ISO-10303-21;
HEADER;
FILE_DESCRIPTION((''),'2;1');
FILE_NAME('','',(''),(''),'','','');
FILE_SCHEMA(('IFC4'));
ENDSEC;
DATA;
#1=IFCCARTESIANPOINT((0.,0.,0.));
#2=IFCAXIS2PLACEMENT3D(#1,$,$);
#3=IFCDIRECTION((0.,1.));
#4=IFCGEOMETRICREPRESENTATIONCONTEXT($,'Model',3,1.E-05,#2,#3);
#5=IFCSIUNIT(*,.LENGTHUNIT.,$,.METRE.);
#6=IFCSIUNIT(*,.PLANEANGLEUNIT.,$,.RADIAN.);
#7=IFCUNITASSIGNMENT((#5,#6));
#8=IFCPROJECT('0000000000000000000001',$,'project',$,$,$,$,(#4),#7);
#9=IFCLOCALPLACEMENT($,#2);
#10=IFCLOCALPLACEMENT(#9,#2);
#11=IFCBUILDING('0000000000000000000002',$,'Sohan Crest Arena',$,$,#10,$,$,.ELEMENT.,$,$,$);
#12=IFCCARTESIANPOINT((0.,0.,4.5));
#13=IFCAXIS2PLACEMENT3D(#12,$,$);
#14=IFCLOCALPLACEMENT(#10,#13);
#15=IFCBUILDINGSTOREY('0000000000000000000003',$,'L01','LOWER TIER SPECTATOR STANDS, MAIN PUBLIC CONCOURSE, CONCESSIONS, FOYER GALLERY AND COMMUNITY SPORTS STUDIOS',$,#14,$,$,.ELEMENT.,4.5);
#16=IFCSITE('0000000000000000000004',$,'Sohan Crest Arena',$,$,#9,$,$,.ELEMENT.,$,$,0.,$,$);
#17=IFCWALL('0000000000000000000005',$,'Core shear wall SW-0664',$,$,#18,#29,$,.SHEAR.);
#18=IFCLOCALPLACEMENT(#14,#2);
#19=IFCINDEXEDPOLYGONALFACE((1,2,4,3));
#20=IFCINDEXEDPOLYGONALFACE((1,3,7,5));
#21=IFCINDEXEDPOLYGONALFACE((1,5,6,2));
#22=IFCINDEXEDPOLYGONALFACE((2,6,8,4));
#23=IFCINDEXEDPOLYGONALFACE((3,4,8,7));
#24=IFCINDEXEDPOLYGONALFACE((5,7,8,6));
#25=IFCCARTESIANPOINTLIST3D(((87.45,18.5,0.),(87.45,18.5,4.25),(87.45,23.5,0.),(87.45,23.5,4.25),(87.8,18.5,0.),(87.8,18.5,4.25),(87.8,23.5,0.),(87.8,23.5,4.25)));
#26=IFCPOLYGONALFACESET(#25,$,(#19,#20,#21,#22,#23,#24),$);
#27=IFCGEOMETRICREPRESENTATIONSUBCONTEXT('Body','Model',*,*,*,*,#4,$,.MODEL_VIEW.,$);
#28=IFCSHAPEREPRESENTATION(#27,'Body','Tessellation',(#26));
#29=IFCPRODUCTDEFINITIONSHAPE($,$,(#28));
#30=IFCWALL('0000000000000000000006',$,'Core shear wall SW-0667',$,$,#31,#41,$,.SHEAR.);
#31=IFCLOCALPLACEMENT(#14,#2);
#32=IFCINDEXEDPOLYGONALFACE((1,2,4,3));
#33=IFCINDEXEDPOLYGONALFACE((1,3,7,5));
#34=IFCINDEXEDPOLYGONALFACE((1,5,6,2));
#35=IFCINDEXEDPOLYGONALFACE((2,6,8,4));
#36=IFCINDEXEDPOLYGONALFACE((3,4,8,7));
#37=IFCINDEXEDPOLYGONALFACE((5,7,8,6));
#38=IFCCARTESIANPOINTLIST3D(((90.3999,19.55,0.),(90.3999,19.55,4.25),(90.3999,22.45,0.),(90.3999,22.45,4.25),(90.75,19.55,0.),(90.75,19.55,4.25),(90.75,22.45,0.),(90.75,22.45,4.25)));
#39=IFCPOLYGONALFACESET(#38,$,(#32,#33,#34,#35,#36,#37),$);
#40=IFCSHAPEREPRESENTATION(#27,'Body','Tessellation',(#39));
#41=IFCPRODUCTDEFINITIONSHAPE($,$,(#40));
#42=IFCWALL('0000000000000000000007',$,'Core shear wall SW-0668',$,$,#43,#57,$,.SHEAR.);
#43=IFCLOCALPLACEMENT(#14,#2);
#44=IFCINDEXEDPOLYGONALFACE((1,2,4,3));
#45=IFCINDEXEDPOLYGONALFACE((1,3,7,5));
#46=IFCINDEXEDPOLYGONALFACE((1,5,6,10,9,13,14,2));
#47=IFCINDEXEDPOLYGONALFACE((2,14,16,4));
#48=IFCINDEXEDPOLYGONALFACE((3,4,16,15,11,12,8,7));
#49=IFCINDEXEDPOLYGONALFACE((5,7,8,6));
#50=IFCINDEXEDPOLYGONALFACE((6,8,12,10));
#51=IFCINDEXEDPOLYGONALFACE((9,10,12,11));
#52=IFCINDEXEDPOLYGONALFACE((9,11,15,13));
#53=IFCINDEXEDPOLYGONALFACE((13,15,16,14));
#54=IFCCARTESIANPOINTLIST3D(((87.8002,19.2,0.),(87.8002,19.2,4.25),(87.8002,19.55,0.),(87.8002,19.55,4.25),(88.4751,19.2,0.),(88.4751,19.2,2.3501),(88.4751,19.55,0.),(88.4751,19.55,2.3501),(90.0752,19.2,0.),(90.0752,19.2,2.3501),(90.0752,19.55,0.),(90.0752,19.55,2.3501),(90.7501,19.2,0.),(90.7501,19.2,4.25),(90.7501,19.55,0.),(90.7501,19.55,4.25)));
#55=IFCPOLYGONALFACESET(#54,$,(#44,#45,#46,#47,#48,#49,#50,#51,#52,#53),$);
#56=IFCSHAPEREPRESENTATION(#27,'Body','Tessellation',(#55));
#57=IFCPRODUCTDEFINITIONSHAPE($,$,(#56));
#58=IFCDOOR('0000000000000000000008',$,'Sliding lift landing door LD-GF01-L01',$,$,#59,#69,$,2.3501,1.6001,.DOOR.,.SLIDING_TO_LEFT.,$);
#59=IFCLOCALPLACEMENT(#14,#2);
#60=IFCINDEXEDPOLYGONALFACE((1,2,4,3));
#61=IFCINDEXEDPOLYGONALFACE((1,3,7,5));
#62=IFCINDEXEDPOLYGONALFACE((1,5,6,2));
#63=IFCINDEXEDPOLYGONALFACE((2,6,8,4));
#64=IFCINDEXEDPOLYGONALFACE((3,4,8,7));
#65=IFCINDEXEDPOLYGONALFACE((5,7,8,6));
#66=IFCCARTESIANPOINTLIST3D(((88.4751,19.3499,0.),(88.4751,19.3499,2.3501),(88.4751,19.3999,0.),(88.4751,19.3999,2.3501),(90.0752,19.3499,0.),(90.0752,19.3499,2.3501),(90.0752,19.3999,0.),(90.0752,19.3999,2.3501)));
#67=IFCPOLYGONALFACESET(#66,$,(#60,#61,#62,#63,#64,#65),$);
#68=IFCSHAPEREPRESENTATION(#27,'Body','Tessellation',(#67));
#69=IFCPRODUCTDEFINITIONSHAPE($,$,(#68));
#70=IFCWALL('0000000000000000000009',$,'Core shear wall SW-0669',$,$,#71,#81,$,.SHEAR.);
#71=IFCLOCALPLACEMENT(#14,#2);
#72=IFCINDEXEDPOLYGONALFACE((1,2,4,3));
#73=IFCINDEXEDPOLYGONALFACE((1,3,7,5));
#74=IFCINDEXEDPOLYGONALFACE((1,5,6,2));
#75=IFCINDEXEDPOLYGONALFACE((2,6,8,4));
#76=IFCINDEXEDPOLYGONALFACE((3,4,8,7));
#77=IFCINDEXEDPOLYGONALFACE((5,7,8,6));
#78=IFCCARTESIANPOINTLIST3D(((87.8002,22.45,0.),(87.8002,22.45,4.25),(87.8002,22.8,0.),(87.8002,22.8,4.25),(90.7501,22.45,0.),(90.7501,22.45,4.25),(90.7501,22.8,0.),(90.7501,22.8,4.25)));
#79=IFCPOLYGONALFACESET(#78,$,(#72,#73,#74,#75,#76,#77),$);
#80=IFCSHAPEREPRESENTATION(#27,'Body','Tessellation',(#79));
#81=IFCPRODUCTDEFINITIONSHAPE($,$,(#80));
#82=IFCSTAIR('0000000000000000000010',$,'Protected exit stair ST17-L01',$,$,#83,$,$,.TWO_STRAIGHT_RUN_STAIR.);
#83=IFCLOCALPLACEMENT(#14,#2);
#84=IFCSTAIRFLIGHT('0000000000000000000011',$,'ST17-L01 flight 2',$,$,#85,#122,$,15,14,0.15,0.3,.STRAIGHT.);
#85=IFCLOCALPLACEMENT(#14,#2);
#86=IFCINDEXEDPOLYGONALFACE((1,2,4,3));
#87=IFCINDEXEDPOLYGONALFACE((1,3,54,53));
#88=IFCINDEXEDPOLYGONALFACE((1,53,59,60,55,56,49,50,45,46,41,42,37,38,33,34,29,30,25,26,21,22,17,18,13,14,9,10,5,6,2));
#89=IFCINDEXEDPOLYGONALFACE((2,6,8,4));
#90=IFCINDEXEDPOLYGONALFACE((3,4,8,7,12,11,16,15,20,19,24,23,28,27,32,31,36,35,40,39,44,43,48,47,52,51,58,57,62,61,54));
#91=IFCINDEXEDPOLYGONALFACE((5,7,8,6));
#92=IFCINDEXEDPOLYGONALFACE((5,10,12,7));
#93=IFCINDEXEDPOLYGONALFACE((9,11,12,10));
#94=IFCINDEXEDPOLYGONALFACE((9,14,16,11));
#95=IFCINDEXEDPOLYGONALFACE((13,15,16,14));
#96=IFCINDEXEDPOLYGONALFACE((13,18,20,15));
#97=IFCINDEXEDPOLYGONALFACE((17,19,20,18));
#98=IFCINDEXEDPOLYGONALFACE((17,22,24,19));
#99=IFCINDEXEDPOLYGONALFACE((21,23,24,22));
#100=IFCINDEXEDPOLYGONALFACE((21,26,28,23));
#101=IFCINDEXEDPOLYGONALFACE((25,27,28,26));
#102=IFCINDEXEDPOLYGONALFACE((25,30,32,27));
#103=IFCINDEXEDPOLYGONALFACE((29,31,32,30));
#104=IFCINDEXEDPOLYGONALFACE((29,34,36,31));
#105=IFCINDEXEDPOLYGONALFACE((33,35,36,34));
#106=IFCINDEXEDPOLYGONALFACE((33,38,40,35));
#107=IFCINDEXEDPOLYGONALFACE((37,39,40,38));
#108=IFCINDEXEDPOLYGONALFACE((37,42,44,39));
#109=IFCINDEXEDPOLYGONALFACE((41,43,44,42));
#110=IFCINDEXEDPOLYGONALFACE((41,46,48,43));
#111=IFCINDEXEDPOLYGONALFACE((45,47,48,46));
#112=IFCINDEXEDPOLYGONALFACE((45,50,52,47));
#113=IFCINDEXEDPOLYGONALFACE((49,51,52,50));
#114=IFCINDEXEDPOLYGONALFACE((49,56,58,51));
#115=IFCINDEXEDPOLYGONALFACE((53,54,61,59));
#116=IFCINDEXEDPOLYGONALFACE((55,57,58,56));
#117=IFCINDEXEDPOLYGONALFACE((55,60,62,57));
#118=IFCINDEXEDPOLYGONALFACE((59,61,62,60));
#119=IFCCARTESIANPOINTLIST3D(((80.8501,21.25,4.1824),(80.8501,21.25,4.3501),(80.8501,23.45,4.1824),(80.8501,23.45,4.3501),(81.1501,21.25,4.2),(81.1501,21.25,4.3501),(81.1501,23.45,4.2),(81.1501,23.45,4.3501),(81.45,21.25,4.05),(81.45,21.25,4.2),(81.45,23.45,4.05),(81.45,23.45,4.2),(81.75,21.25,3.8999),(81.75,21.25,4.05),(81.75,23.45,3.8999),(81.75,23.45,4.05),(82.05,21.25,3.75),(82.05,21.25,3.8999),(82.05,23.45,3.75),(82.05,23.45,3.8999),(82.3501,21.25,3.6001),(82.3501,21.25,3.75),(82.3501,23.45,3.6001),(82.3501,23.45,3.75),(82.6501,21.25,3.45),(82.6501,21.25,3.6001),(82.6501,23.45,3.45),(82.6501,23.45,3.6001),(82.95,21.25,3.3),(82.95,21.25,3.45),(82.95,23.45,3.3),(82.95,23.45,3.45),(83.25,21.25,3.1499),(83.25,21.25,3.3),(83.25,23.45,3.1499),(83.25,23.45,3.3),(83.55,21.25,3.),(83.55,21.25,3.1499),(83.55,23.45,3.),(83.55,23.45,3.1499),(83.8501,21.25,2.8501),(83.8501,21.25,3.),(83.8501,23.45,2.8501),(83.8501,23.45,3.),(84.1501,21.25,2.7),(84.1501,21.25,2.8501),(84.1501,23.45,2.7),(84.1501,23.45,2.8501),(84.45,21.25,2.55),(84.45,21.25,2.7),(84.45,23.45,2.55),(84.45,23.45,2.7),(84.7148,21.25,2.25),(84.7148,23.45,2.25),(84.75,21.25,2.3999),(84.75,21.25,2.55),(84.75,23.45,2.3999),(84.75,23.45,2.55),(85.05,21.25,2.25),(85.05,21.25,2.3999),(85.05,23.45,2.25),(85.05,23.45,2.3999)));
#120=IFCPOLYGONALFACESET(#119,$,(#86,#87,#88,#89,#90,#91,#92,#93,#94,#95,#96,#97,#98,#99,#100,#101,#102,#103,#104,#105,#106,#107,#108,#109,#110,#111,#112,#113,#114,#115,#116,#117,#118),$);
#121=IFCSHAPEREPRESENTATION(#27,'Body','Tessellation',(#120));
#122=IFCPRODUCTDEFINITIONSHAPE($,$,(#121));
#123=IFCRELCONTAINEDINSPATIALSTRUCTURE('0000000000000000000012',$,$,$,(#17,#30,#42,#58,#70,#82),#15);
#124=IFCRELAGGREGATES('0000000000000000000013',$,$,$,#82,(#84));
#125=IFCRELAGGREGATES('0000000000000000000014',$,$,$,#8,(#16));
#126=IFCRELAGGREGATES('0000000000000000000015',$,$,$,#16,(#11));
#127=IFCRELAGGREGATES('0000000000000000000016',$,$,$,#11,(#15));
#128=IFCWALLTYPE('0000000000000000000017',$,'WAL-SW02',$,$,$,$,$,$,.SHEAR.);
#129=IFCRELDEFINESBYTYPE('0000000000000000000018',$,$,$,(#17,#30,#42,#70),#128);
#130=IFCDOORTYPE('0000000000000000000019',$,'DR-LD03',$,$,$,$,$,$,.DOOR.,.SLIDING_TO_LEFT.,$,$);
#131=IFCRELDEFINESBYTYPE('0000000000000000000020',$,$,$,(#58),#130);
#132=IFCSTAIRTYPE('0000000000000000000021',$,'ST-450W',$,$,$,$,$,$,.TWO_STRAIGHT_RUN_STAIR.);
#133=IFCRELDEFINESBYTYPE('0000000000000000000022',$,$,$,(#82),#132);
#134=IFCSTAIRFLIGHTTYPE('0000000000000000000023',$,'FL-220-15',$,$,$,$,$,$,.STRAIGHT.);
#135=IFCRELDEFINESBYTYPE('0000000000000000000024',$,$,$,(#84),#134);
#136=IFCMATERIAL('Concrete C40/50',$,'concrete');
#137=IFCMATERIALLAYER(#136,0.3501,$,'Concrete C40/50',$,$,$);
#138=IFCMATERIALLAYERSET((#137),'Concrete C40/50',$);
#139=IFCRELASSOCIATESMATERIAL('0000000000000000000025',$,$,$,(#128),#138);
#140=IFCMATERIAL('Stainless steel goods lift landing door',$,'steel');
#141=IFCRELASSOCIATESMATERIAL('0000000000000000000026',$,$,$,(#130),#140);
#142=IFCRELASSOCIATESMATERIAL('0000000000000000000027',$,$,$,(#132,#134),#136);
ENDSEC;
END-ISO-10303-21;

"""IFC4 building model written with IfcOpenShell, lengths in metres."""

from ifc_helpers import new_model, si_unit, direction, frame, frame_2d, origin, place, context, subcontext, project, spatial, polyline, rectangle, outline, extrude, material, layer, layer_set, type_object, element, fill, aggregate, save


model = new_model("IFC4")

# Units and contexts
model_context = context("Model", 3, precision=1e-05, world=origin(), true_north=direction((0.0, 1.0)))
body_context = subcontext(model_context, "Body", "Model", "MODEL_VIEW")
ifc_project = project(units=[si_unit("LENGTHUNIT", "METRE"), si_unit("PLANEANGLEUNIT", "RADIAN")], contexts=[model_context])

# Site, building, storey
site_placement = place(None, origin())
site = spatial("IfcSite", under=ifc_project, at=site_placement, Name="Sohan Crest Arena", CompositionType="ELEMENT", RefElevation=0.0)
building_placement = place(site_placement, origin())
building = spatial("IfcBuilding", under=site, at=building_placement, Name="Sohan Crest Arena", CompositionType="ELEMENT")
storey_placement = place(building_placement, frame((0.0, 0.0, 4.5)))
storey = spatial("IfcBuildingStorey", under=building, at=storey_placement, Name="L01", Description="LOWER TIER SPECTATOR STANDS, MAIN PUBLIC CONCOURSE, CONCESSIONS, FOYER GALLERY AND COMMUNITY SPORTS STUDIOS", CompositionType="ELEMENT", Elevation=4.5)

# Walls
ifc_material_1 = material(Name="Concrete C40/50", Category="concrete")
ifc_layer_1 = layer(ifc_material_1, 0.3501, Name="Concrete C40/50")
ifc_layer_set_1 = layer_set([ifc_layer_1], Name="Concrete C40/50")
wall_type = type_object("IfcWallType", Name="WAL-SW02", PredefinedType="SHEAR", material=ifc_layer_set_1)
wall_1_placement = place(storey_placement, frame((87.625, 18.5, 0.0), z_axis=(0.0, 0.0, 1.0), x_axis=(0.0, 1.0, 0.0)))
element("IfcWall", 1, at=wall_1_placement, inside=storey, type_object=wall_type, Name="Core shear wall SW-0664", PredefinedType="SHEAR", context=body_context, shape_type="SweptSolid", body=[
    extrude(rectangle(XDim=5.0, YDim=0.3501, at=frame_2d((2.5, 0.0))), origin(), (0.0, 0.0, 1.0), 4.25),
])
wall_2_placement = place(storey_placement, frame((90.575, 19.55, 0.0), z_axis=(0.0, 0.0, 1.0), x_axis=(0.0, 1.0, 0.0)))
element("IfcWall", 2, at=wall_2_placement, inside=storey, type_object=wall_type, Name="Core shear wall SW-0667", PredefinedType="SHEAR", context=body_context, shape_type="SweptSolid", body=[
    extrude(rectangle(XDim=2.8999, YDim=0.3501, at=frame_2d((1.45, 0.0))), origin(), (0.0, 0.0, 1.0), 4.25),
])

# Wall, opening, door
wall_3_placement = place(storey_placement, frame((87.8, 19.375, 0.0), z_axis=(0.0, 0.0, 1.0), x_axis=(1.0, 0.0, 0.0)))
wall_3 = element("IfcWall", 3, at=wall_3_placement, inside=storey, type_object=wall_type, Name="Core shear wall SW-0668", PredefinedType="SHEAR", context=body_context, shape_type="SweptSolid", body=[
    extrude(rectangle(XDim=2.95, YDim=0.3501, at=frame_2d((1.4751, 0.0))), origin(), (0.0, 0.0, 1.0), 4.25),
])
opening_placement = place(wall_3_placement, frame((0.675, 0.0, 0.0)))
opening = element("IfcOpeningElement", 4, at=opening_placement, cuts=wall_3, PredefinedType="OPENING", context=body_context, shape_type="SweptSolid", body=[
    extrude(rectangle(XDim=1.6001, YDim=2.3501, at=frame_2d((0.8, 1.175))), frame((0.0, 0.1851, 0.0), z_axis=(0.0, -1.0, 0.0), x_axis=(1.0, 0.0, 0.0)), (0.0, 0.0, 1.0), 0.3701),
])
ifc_material_2 = material(Name="Stainless steel goods lift landing door", Category="steel")
door_type = type_object("IfcDoorType", Name="DR-LD03", OperationType="SLIDING_TO_LEFT", PredefinedType="DOOR", material=ifc_material_2)
door_placement = place(opening_placement, origin())
door = element("IfcDoor", 5, at=door_placement, inside=storey, type_object=door_type, Name="Sliding lift landing door LD-GF01-L01", OperationType="SLIDING_TO_LEFT", OverallHeight=2.3501, OverallWidth=1.6001, PredefinedType="DOOR", context=body_context, shape_type="SweptSolid", body=[
    extrude(rectangle(XDim=1.6001, YDim=2.3501, at=frame_2d((0.8, 1.175))), frame((0.0, 0.0249, 0.0), z_axis=(0.0, -1.0, 0.0), x_axis=(1.0, 0.0, 0.0)), (0.0, 0.0, 1.0), 0.05),
])
fill(opening, door)

# Wall
wall_4_placement = place(storey_placement, frame((87.8, 22.625, 0.0), z_axis=(0.0, 0.0, 1.0), x_axis=(1.0, 0.0, 0.0)))
element("IfcWall", 6, at=wall_4_placement, inside=storey, type_object=wall_type, Name="Core shear wall SW-0669", PredefinedType="SHEAR", context=body_context, shape_type="SweptSolid", body=[
    extrude(rectangle(XDim=2.95, YDim=0.3501, at=frame_2d((1.4751, 0.0))), origin(), (0.0, 0.0, 1.0), 4.25),
])

# Stair, stair flight
stair_type = type_object("IfcStairType", Name="ST-450W", PredefinedType="TWO_STRAIGHT_RUN_STAIR", material=ifc_material_1)
stair_placement = place(storey_placement, origin())
stair = element("IfcStair", 7, at=stair_placement, inside=storey, type_object=stair_type, Name="Protected exit stair ST17-L01", PredefinedType="TWO_STRAIGHT_RUN_STAIR")
stair_flight_type = type_object("IfcStairFlightType", Name="FL-220-15", PredefinedType="STRAIGHT", material=ifc_material_1)
stair_flight_placement = place(storey_placement, frame((85.05, 22.3501, 2.25), z_axis=(0.0, 0.0, 1.0), x_axis=(-1.0, 0.0, 0.0)))
stair_flight = element("IfcStairFlight", 8, at=stair_flight_placement, type_object=stair_flight_type, Name="ST17-L01 flight 2", NumberOfRisers=15, NumberOfTreads=14, PredefinedType="STRAIGHT", RiserHeight=0.15, TreadLength=0.3, context=body_context, shape_type="SweptSolid", body=[
    extrude(outline(polyline([(0.0, 0.0), (0.0, 0.1499), (0.3, 0.1499), (0.3, 0.3), (0.6001, 0.3), (0.6001, 0.45), (0.8999, 0.45), (0.8999, 0.6001), (1.2, 0.6001), (1.2, 0.75), (1.5, 0.75), (1.5, 0.8999), (1.8, 0.8999), (1.8, 1.05), (2.1001, 1.05), (2.1001, 1.2), (2.3999, 1.2), (2.3999, 1.3501), (2.7, 1.3501), (2.7, 1.5), (3.0, 1.5), (3.0, 1.6499), (3.3, 1.6499), (3.3, 1.8), (3.6001, 1.8), (3.6001, 1.95), (3.8999, 1.95), (3.8999, 2.1001), (4.2, 2.1001), (4.2, 2.25), (4.2, 1.9324), (0.3352, 0.0), (0.0, 0.0)])), frame((0.0, 1.1001, 0.0), z_axis=(0.0, -1.0, 0.0), x_axis=(1.0, 0.0, 0.0)), (0.0, 0.0, 1.0), 2.2),
])
aggregate(stair, [stair_flight])

save(model, "model.ifc")
